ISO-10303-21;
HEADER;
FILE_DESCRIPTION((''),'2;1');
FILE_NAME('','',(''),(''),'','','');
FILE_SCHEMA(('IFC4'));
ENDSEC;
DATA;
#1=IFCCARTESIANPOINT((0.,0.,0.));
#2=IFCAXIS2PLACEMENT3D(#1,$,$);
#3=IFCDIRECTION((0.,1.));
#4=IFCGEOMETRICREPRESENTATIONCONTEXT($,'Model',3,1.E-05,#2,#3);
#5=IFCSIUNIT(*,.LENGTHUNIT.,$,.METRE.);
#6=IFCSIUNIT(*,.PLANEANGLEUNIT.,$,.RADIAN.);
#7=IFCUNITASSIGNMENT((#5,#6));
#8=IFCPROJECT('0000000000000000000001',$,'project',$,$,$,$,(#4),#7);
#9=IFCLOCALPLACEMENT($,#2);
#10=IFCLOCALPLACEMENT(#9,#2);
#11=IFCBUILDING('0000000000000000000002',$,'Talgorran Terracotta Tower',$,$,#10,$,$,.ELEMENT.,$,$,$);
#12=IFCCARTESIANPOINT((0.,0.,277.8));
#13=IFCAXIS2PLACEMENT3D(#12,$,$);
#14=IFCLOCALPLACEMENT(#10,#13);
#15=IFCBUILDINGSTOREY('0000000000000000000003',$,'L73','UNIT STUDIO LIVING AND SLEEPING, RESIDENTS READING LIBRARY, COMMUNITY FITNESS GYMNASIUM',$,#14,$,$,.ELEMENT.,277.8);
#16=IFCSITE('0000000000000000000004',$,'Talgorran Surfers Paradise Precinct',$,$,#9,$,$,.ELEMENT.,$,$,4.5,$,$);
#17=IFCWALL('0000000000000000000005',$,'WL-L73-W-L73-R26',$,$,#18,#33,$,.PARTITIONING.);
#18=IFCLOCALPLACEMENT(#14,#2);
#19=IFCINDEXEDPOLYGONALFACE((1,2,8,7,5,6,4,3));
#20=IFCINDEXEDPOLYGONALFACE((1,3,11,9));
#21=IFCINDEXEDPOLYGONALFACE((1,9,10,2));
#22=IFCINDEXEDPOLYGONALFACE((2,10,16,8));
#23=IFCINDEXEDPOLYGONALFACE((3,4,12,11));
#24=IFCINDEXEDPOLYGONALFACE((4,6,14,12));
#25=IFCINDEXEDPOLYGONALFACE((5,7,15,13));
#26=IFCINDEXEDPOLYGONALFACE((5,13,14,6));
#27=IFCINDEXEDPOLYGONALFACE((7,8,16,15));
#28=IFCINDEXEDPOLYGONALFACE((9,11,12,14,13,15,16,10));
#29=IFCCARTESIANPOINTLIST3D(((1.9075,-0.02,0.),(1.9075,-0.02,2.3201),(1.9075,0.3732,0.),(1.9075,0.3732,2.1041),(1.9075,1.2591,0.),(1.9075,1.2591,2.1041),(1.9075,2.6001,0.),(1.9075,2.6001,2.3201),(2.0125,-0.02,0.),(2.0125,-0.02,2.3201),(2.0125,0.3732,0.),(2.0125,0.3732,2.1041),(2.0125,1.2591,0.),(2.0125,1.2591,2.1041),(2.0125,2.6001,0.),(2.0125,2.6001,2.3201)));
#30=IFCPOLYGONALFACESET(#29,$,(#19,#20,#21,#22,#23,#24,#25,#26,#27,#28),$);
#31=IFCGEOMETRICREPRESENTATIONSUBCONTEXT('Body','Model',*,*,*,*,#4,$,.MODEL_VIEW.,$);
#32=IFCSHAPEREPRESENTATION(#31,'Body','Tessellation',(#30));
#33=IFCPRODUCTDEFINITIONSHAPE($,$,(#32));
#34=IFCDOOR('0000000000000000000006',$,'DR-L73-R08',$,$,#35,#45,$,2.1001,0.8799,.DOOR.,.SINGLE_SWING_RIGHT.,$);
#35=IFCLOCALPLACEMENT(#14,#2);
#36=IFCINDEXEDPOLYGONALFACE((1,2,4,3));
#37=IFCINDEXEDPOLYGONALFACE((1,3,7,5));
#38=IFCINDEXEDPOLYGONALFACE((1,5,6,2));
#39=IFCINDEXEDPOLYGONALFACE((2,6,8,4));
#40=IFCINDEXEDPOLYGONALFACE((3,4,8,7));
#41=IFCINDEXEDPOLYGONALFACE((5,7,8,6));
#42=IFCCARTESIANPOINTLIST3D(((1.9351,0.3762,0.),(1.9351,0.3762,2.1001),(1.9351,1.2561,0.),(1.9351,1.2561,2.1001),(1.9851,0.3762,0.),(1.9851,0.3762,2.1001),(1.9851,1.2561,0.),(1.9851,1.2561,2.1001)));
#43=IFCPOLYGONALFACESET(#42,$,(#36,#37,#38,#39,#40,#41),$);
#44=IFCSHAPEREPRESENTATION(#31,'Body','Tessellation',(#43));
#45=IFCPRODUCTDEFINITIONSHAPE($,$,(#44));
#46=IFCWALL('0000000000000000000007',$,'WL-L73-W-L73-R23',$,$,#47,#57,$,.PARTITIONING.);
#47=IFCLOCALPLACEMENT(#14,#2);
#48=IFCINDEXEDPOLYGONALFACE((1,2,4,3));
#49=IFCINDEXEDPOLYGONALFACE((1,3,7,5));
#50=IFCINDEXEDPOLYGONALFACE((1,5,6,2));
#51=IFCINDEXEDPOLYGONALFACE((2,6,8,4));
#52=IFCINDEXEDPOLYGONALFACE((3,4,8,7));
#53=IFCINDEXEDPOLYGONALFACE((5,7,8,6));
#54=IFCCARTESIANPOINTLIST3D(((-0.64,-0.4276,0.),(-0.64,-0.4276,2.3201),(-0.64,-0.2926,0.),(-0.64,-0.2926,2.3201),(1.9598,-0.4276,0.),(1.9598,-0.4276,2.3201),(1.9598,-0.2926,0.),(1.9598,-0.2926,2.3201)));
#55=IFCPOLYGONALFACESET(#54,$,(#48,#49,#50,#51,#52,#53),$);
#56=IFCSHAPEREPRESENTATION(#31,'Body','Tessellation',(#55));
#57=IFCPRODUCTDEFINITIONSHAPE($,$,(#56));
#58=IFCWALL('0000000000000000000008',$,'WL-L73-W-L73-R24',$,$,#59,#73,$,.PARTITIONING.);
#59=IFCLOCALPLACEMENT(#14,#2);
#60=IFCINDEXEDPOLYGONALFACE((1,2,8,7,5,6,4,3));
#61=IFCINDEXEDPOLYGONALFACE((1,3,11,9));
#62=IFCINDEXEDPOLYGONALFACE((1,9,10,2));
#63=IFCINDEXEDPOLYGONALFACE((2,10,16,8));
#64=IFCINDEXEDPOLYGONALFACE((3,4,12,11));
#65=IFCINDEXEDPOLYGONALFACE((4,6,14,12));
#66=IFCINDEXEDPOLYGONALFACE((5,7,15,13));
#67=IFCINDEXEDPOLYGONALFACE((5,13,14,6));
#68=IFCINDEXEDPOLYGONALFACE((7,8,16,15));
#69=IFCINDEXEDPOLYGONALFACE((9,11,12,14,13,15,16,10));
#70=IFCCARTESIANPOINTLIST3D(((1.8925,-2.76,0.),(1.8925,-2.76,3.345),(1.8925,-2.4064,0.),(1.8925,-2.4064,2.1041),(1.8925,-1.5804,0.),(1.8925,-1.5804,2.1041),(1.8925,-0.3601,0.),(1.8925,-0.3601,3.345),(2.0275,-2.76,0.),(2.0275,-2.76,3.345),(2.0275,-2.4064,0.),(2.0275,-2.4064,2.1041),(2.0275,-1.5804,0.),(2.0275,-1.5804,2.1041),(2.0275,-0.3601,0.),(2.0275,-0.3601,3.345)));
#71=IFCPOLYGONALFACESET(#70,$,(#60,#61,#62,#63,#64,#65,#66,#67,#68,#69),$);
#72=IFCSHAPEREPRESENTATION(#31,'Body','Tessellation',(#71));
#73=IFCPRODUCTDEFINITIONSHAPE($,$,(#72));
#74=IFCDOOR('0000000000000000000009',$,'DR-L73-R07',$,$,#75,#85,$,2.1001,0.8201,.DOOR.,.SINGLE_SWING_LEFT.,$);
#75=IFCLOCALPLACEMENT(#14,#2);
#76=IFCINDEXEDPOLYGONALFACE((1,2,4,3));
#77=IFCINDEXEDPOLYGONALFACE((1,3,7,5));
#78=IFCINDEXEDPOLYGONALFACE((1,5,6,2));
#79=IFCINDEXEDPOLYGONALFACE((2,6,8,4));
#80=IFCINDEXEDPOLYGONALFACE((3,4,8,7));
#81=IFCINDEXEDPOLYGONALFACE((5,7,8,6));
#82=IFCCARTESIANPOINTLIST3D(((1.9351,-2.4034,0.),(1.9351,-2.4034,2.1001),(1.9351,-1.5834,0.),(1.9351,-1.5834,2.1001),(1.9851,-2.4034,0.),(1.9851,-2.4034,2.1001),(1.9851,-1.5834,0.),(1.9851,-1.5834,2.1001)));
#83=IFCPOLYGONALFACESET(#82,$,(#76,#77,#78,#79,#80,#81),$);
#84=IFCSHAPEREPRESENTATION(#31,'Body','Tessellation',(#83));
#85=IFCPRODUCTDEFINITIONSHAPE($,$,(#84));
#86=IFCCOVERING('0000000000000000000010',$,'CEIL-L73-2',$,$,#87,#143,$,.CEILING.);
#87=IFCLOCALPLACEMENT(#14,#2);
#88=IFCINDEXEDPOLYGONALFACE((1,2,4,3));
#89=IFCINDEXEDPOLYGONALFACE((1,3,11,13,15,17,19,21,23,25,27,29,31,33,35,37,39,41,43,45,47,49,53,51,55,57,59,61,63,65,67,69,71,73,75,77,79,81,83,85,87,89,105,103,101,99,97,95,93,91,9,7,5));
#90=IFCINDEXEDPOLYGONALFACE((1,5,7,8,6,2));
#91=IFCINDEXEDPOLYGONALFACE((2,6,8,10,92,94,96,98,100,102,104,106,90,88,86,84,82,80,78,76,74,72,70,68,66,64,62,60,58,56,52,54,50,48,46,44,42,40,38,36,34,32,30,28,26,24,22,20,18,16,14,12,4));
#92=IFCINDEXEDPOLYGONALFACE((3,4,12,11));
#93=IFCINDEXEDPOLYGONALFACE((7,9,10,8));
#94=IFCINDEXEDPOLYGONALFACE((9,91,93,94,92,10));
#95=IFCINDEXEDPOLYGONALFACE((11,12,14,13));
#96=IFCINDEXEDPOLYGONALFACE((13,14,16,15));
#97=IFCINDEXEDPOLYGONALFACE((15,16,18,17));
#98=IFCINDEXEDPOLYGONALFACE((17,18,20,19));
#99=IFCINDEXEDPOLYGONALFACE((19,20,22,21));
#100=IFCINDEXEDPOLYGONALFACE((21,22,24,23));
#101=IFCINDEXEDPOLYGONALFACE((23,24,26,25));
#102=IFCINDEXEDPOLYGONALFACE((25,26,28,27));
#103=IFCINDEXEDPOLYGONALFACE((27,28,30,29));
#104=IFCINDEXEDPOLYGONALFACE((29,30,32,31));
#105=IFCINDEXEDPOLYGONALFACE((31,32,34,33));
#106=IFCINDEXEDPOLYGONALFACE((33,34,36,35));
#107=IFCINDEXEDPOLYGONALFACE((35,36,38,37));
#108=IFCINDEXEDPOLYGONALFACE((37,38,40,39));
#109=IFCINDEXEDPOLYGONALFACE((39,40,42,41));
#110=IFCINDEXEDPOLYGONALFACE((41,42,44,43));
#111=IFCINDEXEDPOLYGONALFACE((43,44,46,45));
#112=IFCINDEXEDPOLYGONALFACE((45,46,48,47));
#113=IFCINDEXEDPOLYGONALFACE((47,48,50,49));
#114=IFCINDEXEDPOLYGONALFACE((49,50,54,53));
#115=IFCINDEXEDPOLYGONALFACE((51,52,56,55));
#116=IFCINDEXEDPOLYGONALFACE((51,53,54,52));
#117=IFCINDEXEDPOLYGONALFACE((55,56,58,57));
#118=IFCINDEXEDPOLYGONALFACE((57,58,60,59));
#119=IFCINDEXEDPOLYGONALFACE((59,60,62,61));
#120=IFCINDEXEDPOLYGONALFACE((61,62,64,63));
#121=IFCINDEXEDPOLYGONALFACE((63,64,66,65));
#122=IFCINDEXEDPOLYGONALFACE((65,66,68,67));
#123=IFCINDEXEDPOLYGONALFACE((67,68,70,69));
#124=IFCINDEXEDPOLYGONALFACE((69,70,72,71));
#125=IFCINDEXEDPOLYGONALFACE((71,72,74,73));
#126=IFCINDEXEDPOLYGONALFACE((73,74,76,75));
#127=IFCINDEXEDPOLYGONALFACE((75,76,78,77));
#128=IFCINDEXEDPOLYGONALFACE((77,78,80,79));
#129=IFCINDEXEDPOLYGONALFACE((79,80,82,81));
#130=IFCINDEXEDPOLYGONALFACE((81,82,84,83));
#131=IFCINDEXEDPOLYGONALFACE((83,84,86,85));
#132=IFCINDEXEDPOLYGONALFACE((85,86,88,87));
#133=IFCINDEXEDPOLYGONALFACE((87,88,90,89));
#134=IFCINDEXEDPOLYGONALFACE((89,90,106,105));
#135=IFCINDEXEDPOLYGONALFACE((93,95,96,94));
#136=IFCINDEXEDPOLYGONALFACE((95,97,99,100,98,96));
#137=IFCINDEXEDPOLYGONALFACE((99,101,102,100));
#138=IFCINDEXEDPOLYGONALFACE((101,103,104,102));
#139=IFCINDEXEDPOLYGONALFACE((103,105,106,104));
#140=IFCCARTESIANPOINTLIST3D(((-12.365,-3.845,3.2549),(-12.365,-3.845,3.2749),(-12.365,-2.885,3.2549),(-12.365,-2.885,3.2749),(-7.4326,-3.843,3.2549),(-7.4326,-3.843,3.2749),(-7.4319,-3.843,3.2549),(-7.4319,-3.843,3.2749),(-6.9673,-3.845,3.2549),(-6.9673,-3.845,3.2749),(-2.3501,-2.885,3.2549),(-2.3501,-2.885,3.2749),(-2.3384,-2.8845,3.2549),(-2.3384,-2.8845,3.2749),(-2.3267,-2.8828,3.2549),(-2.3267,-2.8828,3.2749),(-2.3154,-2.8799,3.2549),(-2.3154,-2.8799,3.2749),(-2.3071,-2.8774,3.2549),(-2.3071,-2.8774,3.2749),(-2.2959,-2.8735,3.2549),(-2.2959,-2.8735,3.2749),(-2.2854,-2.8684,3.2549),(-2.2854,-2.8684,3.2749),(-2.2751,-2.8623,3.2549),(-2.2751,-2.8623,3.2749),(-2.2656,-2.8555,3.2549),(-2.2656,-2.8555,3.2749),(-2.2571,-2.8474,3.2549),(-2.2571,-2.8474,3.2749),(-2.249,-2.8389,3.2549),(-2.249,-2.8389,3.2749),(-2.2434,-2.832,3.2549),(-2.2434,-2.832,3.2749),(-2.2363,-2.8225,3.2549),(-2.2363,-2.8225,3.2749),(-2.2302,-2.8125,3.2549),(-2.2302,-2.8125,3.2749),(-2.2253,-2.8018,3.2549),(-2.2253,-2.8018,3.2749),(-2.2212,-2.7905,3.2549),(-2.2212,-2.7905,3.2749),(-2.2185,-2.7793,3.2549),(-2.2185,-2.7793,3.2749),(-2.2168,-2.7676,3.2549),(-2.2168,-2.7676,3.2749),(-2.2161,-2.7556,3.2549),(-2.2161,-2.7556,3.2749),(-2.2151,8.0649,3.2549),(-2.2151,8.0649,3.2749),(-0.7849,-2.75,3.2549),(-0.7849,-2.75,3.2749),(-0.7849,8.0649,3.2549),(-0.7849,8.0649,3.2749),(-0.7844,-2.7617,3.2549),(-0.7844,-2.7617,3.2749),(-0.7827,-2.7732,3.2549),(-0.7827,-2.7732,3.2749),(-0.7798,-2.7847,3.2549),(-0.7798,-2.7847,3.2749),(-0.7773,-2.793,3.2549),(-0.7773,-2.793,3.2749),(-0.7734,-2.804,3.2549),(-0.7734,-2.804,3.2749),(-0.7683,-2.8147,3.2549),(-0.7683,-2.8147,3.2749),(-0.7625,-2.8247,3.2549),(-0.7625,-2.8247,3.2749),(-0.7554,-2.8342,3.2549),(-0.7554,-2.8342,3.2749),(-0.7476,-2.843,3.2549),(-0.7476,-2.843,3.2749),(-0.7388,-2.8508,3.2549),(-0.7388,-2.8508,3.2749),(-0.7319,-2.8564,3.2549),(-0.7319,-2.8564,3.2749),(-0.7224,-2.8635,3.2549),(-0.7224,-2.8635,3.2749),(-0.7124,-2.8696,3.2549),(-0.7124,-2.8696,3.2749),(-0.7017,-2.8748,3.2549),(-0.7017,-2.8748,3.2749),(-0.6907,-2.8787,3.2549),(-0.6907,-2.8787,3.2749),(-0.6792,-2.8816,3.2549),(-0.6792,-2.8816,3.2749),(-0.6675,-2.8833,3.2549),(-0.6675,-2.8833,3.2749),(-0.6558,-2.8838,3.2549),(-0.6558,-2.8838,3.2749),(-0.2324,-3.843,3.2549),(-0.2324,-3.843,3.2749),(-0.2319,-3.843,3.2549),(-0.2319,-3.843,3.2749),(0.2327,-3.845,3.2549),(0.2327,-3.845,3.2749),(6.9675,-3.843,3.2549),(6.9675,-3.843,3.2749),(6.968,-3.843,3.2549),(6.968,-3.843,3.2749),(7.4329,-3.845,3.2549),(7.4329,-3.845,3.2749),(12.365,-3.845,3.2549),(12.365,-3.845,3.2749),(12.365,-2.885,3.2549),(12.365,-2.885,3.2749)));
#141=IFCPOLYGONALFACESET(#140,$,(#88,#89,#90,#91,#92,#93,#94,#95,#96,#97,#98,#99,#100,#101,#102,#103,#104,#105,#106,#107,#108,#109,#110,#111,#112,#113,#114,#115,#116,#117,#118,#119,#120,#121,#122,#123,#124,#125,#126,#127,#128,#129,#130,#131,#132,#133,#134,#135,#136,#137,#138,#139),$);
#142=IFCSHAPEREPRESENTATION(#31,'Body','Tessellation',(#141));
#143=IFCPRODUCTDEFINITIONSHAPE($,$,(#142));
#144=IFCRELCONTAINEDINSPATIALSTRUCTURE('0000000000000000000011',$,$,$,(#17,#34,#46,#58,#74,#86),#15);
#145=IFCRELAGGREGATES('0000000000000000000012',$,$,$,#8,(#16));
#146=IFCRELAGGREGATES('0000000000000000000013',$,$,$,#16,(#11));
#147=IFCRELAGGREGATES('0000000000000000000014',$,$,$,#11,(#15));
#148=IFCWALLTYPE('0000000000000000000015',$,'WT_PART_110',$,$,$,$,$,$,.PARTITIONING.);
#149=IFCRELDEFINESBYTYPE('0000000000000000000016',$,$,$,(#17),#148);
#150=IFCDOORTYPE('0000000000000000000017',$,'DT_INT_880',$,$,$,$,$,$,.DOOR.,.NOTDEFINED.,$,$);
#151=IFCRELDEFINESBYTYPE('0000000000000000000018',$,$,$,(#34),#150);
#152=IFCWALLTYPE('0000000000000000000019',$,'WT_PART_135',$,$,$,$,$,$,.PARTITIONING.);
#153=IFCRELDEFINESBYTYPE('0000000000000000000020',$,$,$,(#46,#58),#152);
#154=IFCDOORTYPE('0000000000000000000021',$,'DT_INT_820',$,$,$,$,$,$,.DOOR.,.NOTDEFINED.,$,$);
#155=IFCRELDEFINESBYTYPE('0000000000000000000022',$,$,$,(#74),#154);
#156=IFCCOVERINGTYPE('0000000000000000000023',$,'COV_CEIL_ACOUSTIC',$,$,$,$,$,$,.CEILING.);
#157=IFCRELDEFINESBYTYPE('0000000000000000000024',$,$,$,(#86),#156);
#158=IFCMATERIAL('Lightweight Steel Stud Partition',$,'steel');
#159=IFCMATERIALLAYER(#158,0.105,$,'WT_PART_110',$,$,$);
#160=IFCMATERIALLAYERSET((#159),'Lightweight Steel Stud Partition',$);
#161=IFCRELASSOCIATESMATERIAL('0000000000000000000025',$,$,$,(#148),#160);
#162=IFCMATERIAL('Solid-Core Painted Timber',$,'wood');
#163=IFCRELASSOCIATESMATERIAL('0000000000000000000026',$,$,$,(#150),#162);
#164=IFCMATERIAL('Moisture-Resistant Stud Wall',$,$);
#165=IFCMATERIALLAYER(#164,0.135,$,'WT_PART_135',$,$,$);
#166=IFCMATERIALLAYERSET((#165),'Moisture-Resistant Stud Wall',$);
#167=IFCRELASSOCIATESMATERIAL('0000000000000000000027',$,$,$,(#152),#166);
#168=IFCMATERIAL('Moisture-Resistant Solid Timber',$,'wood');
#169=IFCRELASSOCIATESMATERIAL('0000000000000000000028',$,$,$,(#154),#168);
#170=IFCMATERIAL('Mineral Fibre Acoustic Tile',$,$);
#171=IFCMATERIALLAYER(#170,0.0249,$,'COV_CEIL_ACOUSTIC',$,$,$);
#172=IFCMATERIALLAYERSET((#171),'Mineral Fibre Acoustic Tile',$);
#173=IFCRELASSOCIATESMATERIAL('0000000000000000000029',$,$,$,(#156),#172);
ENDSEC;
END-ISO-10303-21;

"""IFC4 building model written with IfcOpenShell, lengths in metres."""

from ifc_helpers import new_model, si_unit, direction, frame, frame_2d, origin, place, context, subcontext, project, spatial, polyline, rectangle, outline, extrude, material, layer, layer_set, type_object, element, fill, save


model = new_model("IFC4")

# Units and contexts
model_context = context("Model", 3, precision=1e-05, world=origin(), true_north=direction((0.0, 1.0)))
body_context = subcontext(model_context, "Body", "Model", "MODEL_VIEW")
ifc_project = project(units=[si_unit("LENGTHUNIT", "METRE"), si_unit("PLANEANGLEUNIT", "RADIAN")], contexts=[model_context])

# Site, building, storey
site_placement = place(None, origin())
site = spatial("IfcSite", under=ifc_project, at=site_placement, Name="Talgorran Surfers Paradise Precinct", CompositionType="ELEMENT", RefElevation=4.5)
building_placement = place(site_placement, origin())
building = spatial("IfcBuilding", under=site, at=building_placement, Name="Talgorran Terracotta Tower", CompositionType="ELEMENT")
storey_placement = place(building_placement, frame((0.0, 0.0, 277.8)))
storey = spatial("IfcBuildingStorey", under=building, at=storey_placement, Name="L73", Description="UNIT STUDIO LIVING AND SLEEPING, RESIDENTS READING LIBRARY, COMMUNITY FITNESS GYMNASIUM", CompositionType="ELEMENT", Elevation=277.8)

# Wall, opening, door
ifc_material_1 = material(Name="Lightweight Steel Stud Partition", Category="steel")
ifc_layer_1 = layer(ifc_material_1, 0.105, Name="WT_PART_110")
ifc_layer_set_1 = layer_set([ifc_layer_1], Name="Lightweight Steel Stud Partition")
wall_type_1 = type_object("IfcWallType", Name="WT_PART_110", PredefinedType="PARTITIONING", material=ifc_layer_set_1)
ifc_material_2 = material(Name="Solid-Core Painted Timber", Category="wood")
door_type_1 = type_object("IfcDoorType", Name="DT_INT_880", OperationType="NOTDEFINED", PredefinedType="DOOR", material=ifc_material_2)
wall_1_placement = place(storey_placement, frame((1.96, -0.02, 0.0), z_axis=(0.0, 0.0, 1.0), x_axis=(0.0, 1.0, 0.0)))
wall_1 = element("IfcWall", 1, at=wall_1_placement, inside=storey, type_object=wall_type_1, Name="WL-L73-W-L73-R26", PredefinedType="PARTITIONING", context=body_context, shape_type="SweptSolid", body=[
    extrude(rectangle(XDim=2.6201, YDim=0.105, at=frame_2d((1.3101, 0.0))), origin(), (0.0, 0.0, 1.0), 2.3201),
])
opening_1_placement = place(wall_1_placement, frame((0.3962, 0.0, 0.0)))
opening_1 = element("IfcOpeningElement", 2, at=opening_1_placement, cuts=wall_1, PredefinedType="OPENING", context=body_context, shape_type="SweptSolid", body=[
    extrude(rectangle(XDim=0.8859, YDim=2.1041, at=frame_2d((0.4399, 1.052))), frame((0.0, 0.0625, 0.0), z_axis=(0.0, -1.0, 0.0), x_axis=(1.0, 0.0, 0.0)), (0.0, 0.0, 1.0), 0.125),
])
door_1_placement = place(opening_1_placement, origin())
door_1 = element("IfcDoor", 3, at=door_1_placement, inside=storey, type_object=door_type_1, Name="DR-L73-R08", OperationType="SINGLE_SWING_RIGHT", OverallHeight=2.1001, OverallWidth=0.8799, PredefinedType="DOOR", context=body_context, shape_type="SweptSolid", body=[
    extrude(rectangle(XDim=0.8799, YDim=2.1001, at=frame_2d((0.4399, 1.05))), frame((0.0, 0.0249, 0.0), z_axis=(0.0, -1.0, 0.0), x_axis=(1.0, 0.0, 0.0)), (0.0, 0.0, 1.0), 0.05),
])
fill(opening_1, door_1)

# Wall
ifc_material_3 = material(Name="Moisture-Resistant Stud Wall")
ifc_layer_2 = layer(ifc_material_3, 0.135, Name="WT_PART_135")
ifc_layer_set_2 = layer_set([ifc_layer_2], Name="Moisture-Resistant Stud Wall")
wall_type_2 = type_object("IfcWallType", Name="WT_PART_135", PredefinedType="PARTITIONING", material=ifc_layer_set_2)
wall_2_placement = place(storey_placement, frame((-0.6399, -0.3601, 0.0), z_axis=(0.0, 0.0, 1.0), x_axis=(1.0, 0.0, 0.0)))
element("IfcWall", 4, at=wall_2_placement, inside=storey, type_object=wall_type_2, Name="WL-L73-W-L73-R23", PredefinedType="PARTITIONING", context=body_context, shape_type="SweptSolid", body=[
    extrude(rectangle(XDim=2.5999, YDim=0.135, at=frame_2d((1.2998, 0.0))), origin(), (0.0, 0.0, 1.0), 2.3201),
])

# Wall, opening, door
wall_3_placement = place(storey_placement, frame((1.96, -2.76, 0.0), z_axis=(0.0, 0.0, 1.0), x_axis=(0.0, 1.0, 0.0)))
wall_3 = element("IfcWall", 5, at=wall_3_placement, inside=storey, type_object=wall_type_2, Name="WL-L73-W-L73-R24", PredefinedType="PARTITIONING", context=body_context, shape_type="SweptSolid", body=[
    extrude(rectangle(XDim=2.3999, YDim=0.135, at=frame_2d((1.2, 0.0))), origin(), (0.0, 0.0, 1.0), 3.345),
])
opening_2_placement = place(wall_3_placement, frame((0.3564, 0.0, 0.0)))
opening_2 = element("IfcOpeningElement", 6, at=opening_2_placement, cuts=wall_3, PredefinedType="OPENING", context=body_context, shape_type="SweptSolid", body=[
    extrude(rectangle(XDim=0.8261, YDim=2.1041, at=frame_2d((0.4102, 1.052))), frame((0.0, 0.0776, 0.0), z_axis=(0.0, -1.0, 0.0), x_axis=(1.0, 0.0, 0.0)), (0.0, 0.0, 1.0), 0.155),
])
ifc_material_4 = material(Name="Moisture-Resistant Solid Timber", Category="wood")
door_type_2 = type_object("IfcDoorType", Name="DT_INT_820", OperationType="NOTDEFINED", PredefinedType="DOOR", material=ifc_material_4)
door_2_placement = place(opening_2_placement, origin())
door_2 = element("IfcDoor", 7, at=door_2_placement, inside=storey, type_object=door_type_2, Name="DR-L73-R07", OperationType="SINGLE_SWING_LEFT", OverallHeight=2.1001, OverallWidth=0.8201, PredefinedType="DOOR", context=body_context, shape_type="SweptSolid", body=[
    extrude(rectangle(XDim=0.8201, YDim=2.1001, at=frame_2d((0.4102, 1.05))), frame((0.0, 0.0249, 0.0), z_axis=(0.0, -1.0, 0.0), x_axis=(1.0, 0.0, 0.0)), (0.0, 0.0, 1.0), 0.05),
])
fill(opening_2, door_2)

# Covering
ifc_material_5 = material(Name="Mineral Fibre Acoustic Tile")
ifc_layer_3 = layer(ifc_material_5, 0.0249, Name="COV_CEIL_ACOUSTIC")
ifc_layer_set_3 = layer_set([ifc_layer_3], Name="Mineral Fibre Acoustic Tile")
covering_type_1 = type_object("IfcCoveringType", Name="COV_CEIL_ACOUSTIC", PredefinedType="CEILING", material=ifc_layer_set_3)
covering_1_placement = place(storey_placement, frame((0.0, 0.0, 3.2549)))
element("IfcCovering", 8, at=covering_1_placement, inside=storey, type_object=covering_type_1, Name="CEIL-L73-2", PredefinedType="CEILING", context=body_context, shape_type="SweptSolid", body=[
    extrude(outline(polyline([(-12.365, -2.885), (-2.3501, -2.885), (-2.3384, -2.8845), (-2.3267, -2.8828), (-2.3154, -2.8799), (-2.3071, -2.8774), (-2.2959, -2.8735), (-2.2854, -2.8684), (-2.2751, -2.8623), (-2.2656, -2.8555), (-2.2571, -2.8474), (-2.249, -2.8389), (-2.2434, -2.832), (-2.2363, -2.8225), (-2.2302, -2.8125), (-2.2253, -2.8018), (-2.2212, -2.7905), (-2.2185, -2.7793), (-2.2168, -2.7676), (-2.2161, -2.7556), (-2.2151, 8.0649), (-0.7849, 8.0649), (-0.7849, -2.75), (-0.7844, -2.7617), (-0.7827, -2.7732), (-0.7798, -2.7847), (-0.7773, -2.793), (-0.7734, -2.804), (-0.7683, -2.8147), (-0.7625, -2.8247), (-0.7554, -2.8342), (-0.7476, -2.843), (-0.7388, -2.8508), (-0.7319, -2.8564), (-0.7224, -2.8635), (-0.7124, -2.8696), (-0.7017, -2.8748), (-0.6907, -2.8787), (-0.6792, -2.8816), (-0.6675, -2.8833), (-0.6558, -2.8838), (12.365, -2.885), (12.365, -3.845), (7.4329, -3.845), (6.968, -3.843), (6.9675, -3.843), (0.2327, -3.845), (-0.2319, -3.843), (-0.2324, -3.843), (-6.9673, -3.845), (-7.4319, -3.843), (-7.4326, -3.843), (-12.365, -3.845), (-12.365, -2.885)])), origin(), (0.0, 0.0, 1.0), 0.02),
])

save(model, "model.ifc")
